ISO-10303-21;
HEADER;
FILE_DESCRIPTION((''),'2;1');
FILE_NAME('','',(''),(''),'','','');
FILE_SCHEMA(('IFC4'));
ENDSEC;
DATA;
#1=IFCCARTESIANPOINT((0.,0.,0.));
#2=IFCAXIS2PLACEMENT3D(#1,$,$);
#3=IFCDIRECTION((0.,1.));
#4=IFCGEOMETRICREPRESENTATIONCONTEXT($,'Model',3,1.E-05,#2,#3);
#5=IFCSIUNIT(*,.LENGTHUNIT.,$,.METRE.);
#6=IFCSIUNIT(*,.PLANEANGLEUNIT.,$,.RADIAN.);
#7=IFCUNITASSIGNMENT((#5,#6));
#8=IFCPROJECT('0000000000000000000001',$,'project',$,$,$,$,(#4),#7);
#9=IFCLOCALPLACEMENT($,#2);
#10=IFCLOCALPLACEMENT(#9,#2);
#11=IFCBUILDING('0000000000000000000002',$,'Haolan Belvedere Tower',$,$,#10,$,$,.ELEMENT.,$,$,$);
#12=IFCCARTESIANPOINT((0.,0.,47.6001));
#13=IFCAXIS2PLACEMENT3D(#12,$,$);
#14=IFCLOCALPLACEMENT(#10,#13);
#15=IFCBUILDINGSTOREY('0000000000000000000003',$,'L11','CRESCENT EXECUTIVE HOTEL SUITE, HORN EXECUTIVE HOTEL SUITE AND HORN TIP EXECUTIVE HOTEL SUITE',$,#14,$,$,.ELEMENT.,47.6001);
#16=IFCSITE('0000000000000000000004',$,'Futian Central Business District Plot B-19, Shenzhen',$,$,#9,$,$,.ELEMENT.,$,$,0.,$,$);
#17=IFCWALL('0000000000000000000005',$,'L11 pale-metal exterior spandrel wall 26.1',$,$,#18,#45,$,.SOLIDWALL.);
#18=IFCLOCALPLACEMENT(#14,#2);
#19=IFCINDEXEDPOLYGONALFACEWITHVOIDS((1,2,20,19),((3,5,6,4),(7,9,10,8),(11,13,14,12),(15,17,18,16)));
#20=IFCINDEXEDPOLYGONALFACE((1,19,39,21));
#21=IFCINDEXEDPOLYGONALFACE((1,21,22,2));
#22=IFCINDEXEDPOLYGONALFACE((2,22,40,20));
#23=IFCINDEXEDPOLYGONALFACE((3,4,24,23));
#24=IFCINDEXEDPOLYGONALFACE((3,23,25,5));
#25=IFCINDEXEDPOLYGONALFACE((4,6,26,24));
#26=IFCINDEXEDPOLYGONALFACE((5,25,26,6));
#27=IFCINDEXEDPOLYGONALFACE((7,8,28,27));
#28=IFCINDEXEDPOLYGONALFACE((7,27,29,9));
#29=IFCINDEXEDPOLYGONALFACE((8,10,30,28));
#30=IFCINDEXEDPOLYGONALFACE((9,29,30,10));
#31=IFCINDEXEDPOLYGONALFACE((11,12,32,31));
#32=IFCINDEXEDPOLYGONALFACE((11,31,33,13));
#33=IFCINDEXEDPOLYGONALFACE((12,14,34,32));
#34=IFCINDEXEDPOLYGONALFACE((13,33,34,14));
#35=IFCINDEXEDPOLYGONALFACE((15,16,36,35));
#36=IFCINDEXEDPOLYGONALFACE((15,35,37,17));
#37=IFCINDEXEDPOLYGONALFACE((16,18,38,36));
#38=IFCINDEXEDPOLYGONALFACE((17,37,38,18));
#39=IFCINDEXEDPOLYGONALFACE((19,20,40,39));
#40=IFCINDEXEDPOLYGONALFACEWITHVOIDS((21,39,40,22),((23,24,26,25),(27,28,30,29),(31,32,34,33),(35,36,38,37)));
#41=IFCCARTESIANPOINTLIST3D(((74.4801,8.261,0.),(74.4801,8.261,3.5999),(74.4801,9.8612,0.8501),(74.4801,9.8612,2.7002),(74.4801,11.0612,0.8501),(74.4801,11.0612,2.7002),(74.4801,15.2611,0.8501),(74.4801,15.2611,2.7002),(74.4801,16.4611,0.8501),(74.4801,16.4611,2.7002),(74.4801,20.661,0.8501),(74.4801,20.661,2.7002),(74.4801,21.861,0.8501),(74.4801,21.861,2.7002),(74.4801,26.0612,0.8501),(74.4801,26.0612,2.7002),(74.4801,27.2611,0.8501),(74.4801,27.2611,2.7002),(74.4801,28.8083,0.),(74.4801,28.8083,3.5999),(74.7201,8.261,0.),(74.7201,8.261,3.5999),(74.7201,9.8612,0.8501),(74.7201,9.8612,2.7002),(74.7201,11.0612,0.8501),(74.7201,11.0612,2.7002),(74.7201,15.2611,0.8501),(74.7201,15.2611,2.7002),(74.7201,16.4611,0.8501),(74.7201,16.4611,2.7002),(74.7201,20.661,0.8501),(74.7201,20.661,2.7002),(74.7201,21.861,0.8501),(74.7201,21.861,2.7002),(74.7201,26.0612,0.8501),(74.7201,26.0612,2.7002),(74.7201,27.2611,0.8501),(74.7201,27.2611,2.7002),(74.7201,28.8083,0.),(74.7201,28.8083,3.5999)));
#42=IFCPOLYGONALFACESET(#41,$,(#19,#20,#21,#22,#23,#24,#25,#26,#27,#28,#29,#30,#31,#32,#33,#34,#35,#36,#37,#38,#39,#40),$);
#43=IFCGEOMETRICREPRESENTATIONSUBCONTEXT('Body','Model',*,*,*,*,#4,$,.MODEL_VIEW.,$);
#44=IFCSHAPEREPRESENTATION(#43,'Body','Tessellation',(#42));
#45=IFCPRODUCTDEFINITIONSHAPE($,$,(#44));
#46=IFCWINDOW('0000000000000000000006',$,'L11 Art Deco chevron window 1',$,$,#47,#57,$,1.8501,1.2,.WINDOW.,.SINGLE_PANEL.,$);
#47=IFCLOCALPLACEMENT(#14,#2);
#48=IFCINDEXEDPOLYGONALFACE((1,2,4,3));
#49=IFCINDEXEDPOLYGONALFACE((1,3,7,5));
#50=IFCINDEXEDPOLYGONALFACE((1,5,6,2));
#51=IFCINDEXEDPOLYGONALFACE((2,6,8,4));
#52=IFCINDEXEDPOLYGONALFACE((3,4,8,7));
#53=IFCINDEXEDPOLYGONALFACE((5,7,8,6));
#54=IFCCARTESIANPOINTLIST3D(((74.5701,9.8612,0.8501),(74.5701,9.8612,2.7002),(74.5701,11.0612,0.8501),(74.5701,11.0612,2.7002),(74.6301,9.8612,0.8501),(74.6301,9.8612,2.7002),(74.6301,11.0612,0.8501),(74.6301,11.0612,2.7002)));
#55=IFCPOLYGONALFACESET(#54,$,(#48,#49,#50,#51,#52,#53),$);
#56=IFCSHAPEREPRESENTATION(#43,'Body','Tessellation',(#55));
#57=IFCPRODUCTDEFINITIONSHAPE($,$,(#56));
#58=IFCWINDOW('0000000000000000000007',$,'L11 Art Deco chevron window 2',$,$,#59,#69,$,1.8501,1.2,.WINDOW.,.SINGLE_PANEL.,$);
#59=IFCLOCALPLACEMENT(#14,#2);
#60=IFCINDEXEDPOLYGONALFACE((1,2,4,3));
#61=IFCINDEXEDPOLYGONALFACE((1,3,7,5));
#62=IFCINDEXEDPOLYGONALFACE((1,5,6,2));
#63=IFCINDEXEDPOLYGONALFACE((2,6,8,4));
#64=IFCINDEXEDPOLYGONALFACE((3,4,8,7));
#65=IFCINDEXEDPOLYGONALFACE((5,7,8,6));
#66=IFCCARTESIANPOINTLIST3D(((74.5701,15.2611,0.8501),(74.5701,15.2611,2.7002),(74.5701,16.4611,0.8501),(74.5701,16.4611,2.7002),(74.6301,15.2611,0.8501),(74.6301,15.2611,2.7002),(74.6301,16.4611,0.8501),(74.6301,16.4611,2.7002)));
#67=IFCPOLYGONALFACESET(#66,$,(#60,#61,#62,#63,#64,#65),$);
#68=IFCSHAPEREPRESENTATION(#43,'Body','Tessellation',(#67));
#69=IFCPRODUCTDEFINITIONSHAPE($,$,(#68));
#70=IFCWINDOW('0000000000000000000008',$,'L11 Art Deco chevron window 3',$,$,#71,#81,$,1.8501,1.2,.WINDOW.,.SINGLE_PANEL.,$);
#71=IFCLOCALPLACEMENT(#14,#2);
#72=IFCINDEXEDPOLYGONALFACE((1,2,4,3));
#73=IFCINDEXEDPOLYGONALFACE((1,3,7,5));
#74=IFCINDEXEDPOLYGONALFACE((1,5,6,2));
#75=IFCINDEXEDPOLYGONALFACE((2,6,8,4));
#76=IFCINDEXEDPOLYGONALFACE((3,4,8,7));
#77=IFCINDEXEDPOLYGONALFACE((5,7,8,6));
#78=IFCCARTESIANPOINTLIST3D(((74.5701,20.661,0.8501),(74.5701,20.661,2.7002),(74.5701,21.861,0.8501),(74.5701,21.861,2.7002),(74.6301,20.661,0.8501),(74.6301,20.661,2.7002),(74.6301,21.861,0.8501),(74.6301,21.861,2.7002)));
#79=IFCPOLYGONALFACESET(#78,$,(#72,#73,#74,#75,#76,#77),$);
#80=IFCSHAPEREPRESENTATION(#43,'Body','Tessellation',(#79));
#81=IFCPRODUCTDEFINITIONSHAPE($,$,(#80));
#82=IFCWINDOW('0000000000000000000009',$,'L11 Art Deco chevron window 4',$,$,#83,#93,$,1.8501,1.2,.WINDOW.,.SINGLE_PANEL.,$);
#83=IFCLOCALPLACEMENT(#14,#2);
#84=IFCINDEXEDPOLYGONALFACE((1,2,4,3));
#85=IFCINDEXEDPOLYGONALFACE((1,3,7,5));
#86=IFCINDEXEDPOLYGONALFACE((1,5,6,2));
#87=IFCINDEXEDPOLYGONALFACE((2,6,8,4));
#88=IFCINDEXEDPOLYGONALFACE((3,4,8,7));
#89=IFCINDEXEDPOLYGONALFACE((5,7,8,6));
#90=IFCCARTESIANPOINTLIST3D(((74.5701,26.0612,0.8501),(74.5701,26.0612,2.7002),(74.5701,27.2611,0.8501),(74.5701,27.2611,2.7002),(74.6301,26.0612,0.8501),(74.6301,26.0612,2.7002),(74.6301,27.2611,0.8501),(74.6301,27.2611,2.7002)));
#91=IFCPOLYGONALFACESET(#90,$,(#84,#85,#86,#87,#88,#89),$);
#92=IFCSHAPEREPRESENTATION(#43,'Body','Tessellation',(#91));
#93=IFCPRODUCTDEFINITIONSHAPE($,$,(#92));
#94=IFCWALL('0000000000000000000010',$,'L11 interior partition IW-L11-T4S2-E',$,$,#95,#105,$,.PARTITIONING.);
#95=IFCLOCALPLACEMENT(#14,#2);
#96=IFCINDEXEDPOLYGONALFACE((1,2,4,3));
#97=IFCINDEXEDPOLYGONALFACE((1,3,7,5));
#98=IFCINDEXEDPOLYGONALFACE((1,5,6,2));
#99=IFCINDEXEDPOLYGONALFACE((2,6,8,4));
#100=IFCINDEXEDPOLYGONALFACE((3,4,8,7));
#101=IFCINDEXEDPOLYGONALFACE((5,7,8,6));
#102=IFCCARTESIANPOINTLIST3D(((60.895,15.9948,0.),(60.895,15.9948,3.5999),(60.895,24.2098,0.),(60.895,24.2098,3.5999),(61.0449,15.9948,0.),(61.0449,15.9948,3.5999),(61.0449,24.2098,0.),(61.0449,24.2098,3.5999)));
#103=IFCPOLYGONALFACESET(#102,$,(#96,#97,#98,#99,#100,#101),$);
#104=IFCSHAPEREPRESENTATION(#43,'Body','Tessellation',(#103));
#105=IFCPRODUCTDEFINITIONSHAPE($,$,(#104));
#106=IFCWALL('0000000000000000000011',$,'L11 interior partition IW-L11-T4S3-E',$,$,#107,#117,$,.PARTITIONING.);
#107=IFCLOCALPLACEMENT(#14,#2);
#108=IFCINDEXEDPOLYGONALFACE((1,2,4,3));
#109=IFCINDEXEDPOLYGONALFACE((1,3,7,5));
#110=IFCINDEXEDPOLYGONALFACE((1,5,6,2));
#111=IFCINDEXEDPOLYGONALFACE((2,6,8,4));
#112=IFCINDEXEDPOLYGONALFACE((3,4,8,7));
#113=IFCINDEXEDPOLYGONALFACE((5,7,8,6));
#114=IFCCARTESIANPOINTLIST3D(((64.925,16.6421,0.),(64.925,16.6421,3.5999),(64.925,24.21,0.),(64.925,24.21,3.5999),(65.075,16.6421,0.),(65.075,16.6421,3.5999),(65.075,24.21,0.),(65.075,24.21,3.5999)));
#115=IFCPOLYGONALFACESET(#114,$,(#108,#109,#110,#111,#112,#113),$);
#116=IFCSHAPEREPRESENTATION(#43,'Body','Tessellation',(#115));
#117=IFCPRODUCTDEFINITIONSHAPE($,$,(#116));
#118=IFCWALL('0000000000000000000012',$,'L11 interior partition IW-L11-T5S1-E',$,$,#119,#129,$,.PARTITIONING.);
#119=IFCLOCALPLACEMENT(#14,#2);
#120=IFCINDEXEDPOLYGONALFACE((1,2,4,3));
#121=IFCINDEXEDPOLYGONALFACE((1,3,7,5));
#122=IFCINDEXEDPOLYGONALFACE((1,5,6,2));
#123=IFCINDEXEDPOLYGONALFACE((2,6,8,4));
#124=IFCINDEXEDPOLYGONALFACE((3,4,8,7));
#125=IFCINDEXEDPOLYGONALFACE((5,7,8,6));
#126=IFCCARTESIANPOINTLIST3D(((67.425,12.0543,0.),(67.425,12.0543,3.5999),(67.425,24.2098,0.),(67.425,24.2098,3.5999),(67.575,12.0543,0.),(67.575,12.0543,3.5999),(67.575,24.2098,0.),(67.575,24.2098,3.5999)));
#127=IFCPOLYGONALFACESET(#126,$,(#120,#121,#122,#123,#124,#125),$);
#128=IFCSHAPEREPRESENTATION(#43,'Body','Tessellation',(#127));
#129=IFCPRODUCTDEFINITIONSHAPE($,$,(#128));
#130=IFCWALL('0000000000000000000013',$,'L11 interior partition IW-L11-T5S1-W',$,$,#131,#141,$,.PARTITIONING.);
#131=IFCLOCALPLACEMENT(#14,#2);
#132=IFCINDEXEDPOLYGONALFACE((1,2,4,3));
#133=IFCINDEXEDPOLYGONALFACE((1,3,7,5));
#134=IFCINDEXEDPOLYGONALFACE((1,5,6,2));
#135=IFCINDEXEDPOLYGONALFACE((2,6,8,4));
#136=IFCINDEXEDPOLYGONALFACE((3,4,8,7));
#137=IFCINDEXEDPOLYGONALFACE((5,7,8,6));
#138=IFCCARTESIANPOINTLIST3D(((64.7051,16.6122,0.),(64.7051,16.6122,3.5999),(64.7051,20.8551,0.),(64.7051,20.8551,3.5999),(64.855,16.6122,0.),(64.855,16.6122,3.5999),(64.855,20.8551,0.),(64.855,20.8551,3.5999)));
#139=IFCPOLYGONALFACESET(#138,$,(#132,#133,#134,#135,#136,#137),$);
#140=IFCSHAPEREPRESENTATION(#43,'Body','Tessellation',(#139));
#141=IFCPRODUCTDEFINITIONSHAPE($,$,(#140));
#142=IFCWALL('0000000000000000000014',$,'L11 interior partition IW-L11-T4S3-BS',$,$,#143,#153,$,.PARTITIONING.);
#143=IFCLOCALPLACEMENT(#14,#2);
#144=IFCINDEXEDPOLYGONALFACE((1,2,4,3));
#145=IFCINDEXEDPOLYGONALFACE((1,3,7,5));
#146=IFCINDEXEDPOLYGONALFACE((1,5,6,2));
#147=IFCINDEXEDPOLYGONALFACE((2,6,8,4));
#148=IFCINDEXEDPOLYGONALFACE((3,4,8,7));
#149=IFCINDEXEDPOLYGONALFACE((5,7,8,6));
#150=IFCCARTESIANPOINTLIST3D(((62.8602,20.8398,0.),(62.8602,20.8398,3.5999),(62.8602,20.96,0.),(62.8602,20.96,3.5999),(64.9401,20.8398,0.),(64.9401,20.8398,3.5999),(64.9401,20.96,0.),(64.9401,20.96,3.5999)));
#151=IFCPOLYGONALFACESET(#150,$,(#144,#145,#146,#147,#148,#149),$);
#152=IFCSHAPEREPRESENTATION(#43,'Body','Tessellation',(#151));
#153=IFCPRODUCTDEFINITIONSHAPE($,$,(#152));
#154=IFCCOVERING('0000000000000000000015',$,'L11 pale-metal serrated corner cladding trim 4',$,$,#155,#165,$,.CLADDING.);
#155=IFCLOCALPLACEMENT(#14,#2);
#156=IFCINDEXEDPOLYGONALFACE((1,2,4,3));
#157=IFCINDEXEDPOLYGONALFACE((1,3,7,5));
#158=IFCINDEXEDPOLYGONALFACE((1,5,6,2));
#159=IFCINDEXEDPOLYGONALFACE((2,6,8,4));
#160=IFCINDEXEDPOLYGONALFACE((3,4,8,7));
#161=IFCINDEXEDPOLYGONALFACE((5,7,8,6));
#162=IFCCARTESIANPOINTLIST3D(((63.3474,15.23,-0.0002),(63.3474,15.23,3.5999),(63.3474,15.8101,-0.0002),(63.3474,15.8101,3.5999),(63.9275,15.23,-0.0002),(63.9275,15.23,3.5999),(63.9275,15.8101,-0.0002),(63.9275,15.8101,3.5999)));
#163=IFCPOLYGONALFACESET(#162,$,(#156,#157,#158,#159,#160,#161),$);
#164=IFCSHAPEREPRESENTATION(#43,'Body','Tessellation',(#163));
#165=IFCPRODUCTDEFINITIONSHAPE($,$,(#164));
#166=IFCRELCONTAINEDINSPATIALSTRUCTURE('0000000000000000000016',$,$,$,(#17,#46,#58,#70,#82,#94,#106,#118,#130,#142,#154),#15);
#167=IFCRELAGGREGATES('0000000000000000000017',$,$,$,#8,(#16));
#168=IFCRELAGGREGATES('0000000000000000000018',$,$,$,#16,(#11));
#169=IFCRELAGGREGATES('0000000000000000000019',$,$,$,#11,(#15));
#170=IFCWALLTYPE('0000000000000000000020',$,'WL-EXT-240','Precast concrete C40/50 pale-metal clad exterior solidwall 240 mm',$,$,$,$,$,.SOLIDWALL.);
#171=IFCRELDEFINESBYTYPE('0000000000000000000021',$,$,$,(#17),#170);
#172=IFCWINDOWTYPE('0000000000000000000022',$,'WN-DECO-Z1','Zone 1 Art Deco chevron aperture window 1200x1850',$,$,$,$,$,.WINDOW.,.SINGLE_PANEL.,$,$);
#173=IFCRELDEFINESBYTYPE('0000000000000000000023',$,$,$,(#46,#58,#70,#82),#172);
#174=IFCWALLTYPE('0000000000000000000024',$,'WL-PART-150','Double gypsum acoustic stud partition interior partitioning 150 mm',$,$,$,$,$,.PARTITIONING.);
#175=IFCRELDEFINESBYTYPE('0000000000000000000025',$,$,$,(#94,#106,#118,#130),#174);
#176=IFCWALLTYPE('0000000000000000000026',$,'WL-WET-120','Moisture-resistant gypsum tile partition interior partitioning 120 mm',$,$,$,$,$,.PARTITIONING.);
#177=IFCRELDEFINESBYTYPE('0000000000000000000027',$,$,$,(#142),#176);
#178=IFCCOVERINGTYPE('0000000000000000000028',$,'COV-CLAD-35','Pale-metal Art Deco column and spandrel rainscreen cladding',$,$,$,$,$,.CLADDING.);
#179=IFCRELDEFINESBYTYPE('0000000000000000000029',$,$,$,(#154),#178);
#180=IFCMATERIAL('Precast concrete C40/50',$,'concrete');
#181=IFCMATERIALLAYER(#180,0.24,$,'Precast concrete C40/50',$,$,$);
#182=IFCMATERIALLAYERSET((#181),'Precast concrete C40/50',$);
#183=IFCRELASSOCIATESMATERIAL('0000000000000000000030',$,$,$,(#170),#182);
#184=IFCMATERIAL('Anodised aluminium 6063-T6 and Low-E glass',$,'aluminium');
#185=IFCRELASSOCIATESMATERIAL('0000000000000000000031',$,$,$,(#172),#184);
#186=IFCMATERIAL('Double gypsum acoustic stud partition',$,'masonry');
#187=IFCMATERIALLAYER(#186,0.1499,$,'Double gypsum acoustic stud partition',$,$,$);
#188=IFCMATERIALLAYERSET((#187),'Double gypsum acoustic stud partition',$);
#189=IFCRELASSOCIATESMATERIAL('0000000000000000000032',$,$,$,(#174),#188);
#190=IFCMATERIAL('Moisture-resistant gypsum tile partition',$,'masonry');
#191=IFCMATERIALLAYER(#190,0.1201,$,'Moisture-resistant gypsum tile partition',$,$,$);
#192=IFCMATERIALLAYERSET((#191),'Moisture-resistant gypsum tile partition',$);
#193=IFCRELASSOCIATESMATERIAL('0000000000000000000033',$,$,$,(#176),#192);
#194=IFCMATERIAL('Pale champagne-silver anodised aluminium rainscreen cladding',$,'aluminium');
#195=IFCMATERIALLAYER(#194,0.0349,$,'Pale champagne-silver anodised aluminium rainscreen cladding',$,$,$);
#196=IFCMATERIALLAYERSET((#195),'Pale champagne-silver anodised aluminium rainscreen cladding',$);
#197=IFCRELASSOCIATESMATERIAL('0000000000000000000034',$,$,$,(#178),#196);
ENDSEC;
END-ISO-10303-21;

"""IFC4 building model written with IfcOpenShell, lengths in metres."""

from ifc_helpers import new_model, si_unit, direction, frame, frame_2d, origin, origin_2d, place, context, subcontext, project, spatial, rectangle, extrude, material, layer, layer_set, type_object, element, fill, save


model = new_model("IFC4")

# Units and contexts
model_context = context("Model", 3, precision=1e-05, world=origin(), true_north=direction((0.0, 1.0)))
body_context = subcontext(model_context, "Body", "Model", "MODEL_VIEW")
ifc_project = project(units=[si_unit("LENGTHUNIT", "METRE"), si_unit("PLANEANGLEUNIT", "RADIAN")], contexts=[model_context])

# Site, building, storey
site_placement = place(None, origin())
site = spatial("IfcSite", under=ifc_project, at=site_placement, Name="Futian Central Business District Plot B-19, Shenzhen", CompositionType="ELEMENT", RefElevation=0.0)
building_placement = place(site_placement, origin())
building = spatial("IfcBuilding", under=site, at=building_placement, Name="Haolan Belvedere Tower", CompositionType="ELEMENT")
storey_placement = place(building_placement, frame((0.0, 0.0, 47.6001)))
storey = spatial("IfcBuildingStorey", under=building, at=storey_placement, Name="L11", Description="CRESCENT EXECUTIVE HOTEL SUITE, HORN EXECUTIVE HOTEL SUITE AND HORN TIP EXECUTIVE HOTEL SUITE", CompositionType="ELEMENT", Elevation=47.6001)

# Shared definitions
ifc_material_1 = material(Name="Precast concrete C40/50", Category="concrete")
ifc_layer_1 = layer(ifc_material_1, 0.24, Name="Precast concrete C40/50")
ifc_layer_set_1 = layer_set([ifc_layer_1], Name="Precast concrete C40/50")
wall_type_1 = type_object("IfcWallType", Name="WL-EXT-240", Description="Precast concrete C40/50 pale-metal clad exterior solidwall 240 mm", PredefinedType="SOLIDWALL", material=ifc_layer_set_1)

# Shared definitions
ifc_material_2 = material(Name="Anodised aluminium 6063-T6 and Low-E glass", Category="aluminium")
window_type = type_object("IfcWindowType", Name="WN-DECO-Z1", Description="Zone 1 Art Deco chevron aperture window 1200x1850", PartitioningType="SINGLE_PANEL", PredefinedType="WINDOW", material=ifc_material_2)

# Wall, openings, windows
wall_1_placement = place(storey_placement, frame((74.6001, 8.261, 0.0), z_axis=(0.0, 0.0, 1.0), x_axis=(0.0, 1.0, 0.0)))
wall_1 = element("IfcWall", 1, at=wall_1_placement, inside=storey, type_object=wall_type_1, Name="L11 pale-metal exterior spandrel wall 26.1", PredefinedType="SOLIDWALL", context=body_context, shape_type="SweptSolid", body=[
    extrude(rectangle(XDim=20.5474, YDim=0.24, at=frame_2d((10.2737, 0.0))), origin(), (0.0, 0.0, 1.0), 3.5999),
])
opening_1_placement = place(wall_1_placement, frame((1.6001, 0.0, 0.8501)))
opening_1 = element("IfcOpeningElement", 2, at=opening_1_placement, cuts=wall_1, PredefinedType="OPENING", context=body_context, shape_type="SweptSolid", body=[
    extrude(rectangle(XDim=1.2, YDim=1.8501, at=frame_2d((0.6001, 0.925))), frame((0.0, 0.1299, 0.0), z_axis=(0.0, -1.0, 0.0), x_axis=(1.0, 0.0, 0.0)), (0.0, 0.0, 1.0), 0.26),
])
opening_2_placement = place(wall_1_placement, frame((7.0, 0.0, 0.8501)))
opening_2 = element("IfcOpeningElement", 3, at=opening_2_placement, cuts=wall_1, PredefinedType="OPENING", context=body_context, shape_type="SweptSolid", body=[
    extrude(rectangle(XDim=1.2, YDim=1.8501, at=frame_2d((0.6001, 0.925))), frame((0.0, 0.1299, 0.0), z_axis=(0.0, -1.0, 0.0), x_axis=(1.0, 0.0, 0.0)), (0.0, 0.0, 1.0), 0.26),
])
opening_3_placement = place(wall_1_placement, frame((12.3999, 0.0, 0.8501)))
opening_3 = element("IfcOpeningElement", 4, at=opening_3_placement, cuts=wall_1, PredefinedType="OPENING", context=body_context, shape_type="SweptSolid", body=[
    extrude(rectangle(XDim=1.2, YDim=1.8501, at=frame_2d((0.6001, 0.925))), frame((0.0, 0.1299, 0.0), z_axis=(0.0, -1.0, 0.0), x_axis=(1.0, 0.0, 0.0)), (0.0, 0.0, 1.0), 0.26),
])
opening_4_placement = place(wall_1_placement, frame((17.8, 0.0, 0.8501)))
opening_4 = element("IfcOpeningElement", 5, at=opening_4_placement, cuts=wall_1, PredefinedType="OPENING", context=body_context, shape_type="SweptSolid", body=[
    extrude(rectangle(XDim=1.2, YDim=1.8501, at=frame_2d((0.6001, 0.925))), frame((0.0, 0.1299, 0.0), z_axis=(0.0, -1.0, 0.0), x_axis=(1.0, 0.0, 0.0)), (0.0, 0.0, 1.0), 0.26),
])
window_1_placement = place(opening_1_placement, origin())
window_1 = element("IfcWindow", 6, at=window_1_placement, inside=storey, type_object=window_type, Name="L11 Art Deco chevron window 1", OverallHeight=1.8501, OverallWidth=1.2, PartitioningType="SINGLE_PANEL", PredefinedType="WINDOW", context=body_context, shape_type="SweptSolid", body=[
    extrude(rectangle(XDim=1.2, YDim=1.8501, at=frame_2d((0.6001, 0.925))), frame((0.0, 0.03, 0.0), z_axis=(0.0, -1.0, 0.0), x_axis=(1.0, 0.0, 0.0)), (0.0, 0.0, 1.0), 0.0601),
])
fill(opening_1, window_1)
window_2_placement = place(opening_2_placement, origin())
window_2 = element("IfcWindow", 7, at=window_2_placement, inside=storey, type_object=window_type, Name="L11 Art Deco chevron window 2", OverallHeight=1.8501, OverallWidth=1.2, PartitioningType="SINGLE_PANEL", PredefinedType="WINDOW", context=body_context, shape_type="SweptSolid", body=[
    extrude(rectangle(XDim=1.2, YDim=1.8501, at=frame_2d((0.6001, 0.925))), frame((0.0, 0.03, 0.0), z_axis=(0.0, -1.0, 0.0), x_axis=(1.0, 0.0, 0.0)), (0.0, 0.0, 1.0), 0.0601),
])
fill(opening_2, window_2)
window_3_placement = place(opening_3_placement, origin())
window_3 = element("IfcWindow", 8, at=window_3_placement, inside=storey, type_object=window_type, Name="L11 Art Deco chevron window 3", OverallHeight=1.8501, OverallWidth=1.2, PartitioningType="SINGLE_PANEL", PredefinedType="WINDOW", context=body_context, shape_type="SweptSolid", body=[
    extrude(rectangle(XDim=1.2, YDim=1.8501, at=frame_2d((0.6001, 0.925))), frame((0.0, 0.03, 0.0), z_axis=(0.0, -1.0, 0.0), x_axis=(1.0, 0.0, 0.0)), (0.0, 0.0, 1.0), 0.0601),
])
fill(opening_3, window_3)
window_4_placement = place(opening_4_placement, origin())
window_4 = element("IfcWindow", 9, at=window_4_placement, inside=storey, type_object=window_type, Name="L11 Art Deco chevron window 4", OverallHeight=1.8501, OverallWidth=1.2, PartitioningType="SINGLE_PANEL", PredefinedType="WINDOW", context=body_context, shape_type="SweptSolid", body=[
    extrude(rectangle(XDim=1.2, YDim=1.8501, at=frame_2d((0.6001, 0.925))), frame((0.0, 0.03, 0.0), z_axis=(0.0, -1.0, 0.0), x_axis=(1.0, 0.0, 0.0)), (0.0, 0.0, 1.0), 0.0601),
])
fill(opening_4, window_4)

# Walls
ifc_material_3 = material(Name="Double gypsum acoustic stud partition", Category="masonry")
ifc_layer_2 = layer(ifc_material_3, 0.1499, Name="Double gypsum acoustic stud partition")
ifc_layer_set_2 = layer_set([ifc_layer_2], Name="Double gypsum acoustic stud partition")
wall_type_2 = type_object("IfcWallType", Name="WL-PART-150", Description="Double gypsum acoustic stud partition interior partitioning 150 mm", PredefinedType="PARTITIONING", material=ifc_layer_set_2)
wall_2_placement = place(storey_placement, frame((60.97, 15.9949, 0.0), z_axis=(0.0, 0.0, 1.0), x_axis=(0.0, 1.0, 0.0)))
element("IfcWall", 10, at=wall_2_placement, inside=storey, type_object=wall_type_2, Name="L11 interior partition IW-L11-T4S2-E", PredefinedType="PARTITIONING", context=body_context, shape_type="SweptSolid", body=[
    extrude(rectangle(XDim=8.2151, YDim=0.1499, at=frame_2d((4.1074, 0.0))), origin(), (0.0, 0.0, 1.0), 3.5999),
])
wall_3_placement = place(storey_placement, frame((65.0, 16.6421, 0.0), z_axis=(0.0, 0.0, 1.0), x_axis=(0.0, 1.0, 0.0)))
element("IfcWall", 11, at=wall_3_placement, inside=storey, type_object=wall_type_2, Name="L11 interior partition IW-L11-T4S3-E", PredefinedType="PARTITIONING", context=body_context, shape_type="SweptSolid", body=[
    extrude(rectangle(XDim=7.5679, YDim=0.1499, at=frame_2d((3.7839, 0.0))), origin(), (0.0, 0.0, 1.0), 3.5999),
])
wall_4_placement = place(storey_placement, frame((67.5, 12.0544, 0.0), z_axis=(0.0, 0.0, 1.0), x_axis=(0.0, 1.0, 0.0)))
element("IfcWall", 12, at=wall_4_placement, inside=storey, type_object=wall_type_2, Name="L11 interior partition IW-L11-T5S1-E", PredefinedType="PARTITIONING", context=body_context, shape_type="SweptSolid", body=[
    extrude(rectangle(XDim=12.1555, YDim=0.1499, at=frame_2d((6.0776, 0.0))), origin(), (0.0, 0.0, 1.0), 3.5999),
])
wall_5_placement = place(storey_placement, frame((64.78, 16.6121, 0.0), z_axis=(0.0, 0.0, 1.0), x_axis=(0.0, 1.0, 0.0)))
element("IfcWall", 13, at=wall_5_placement, inside=storey, type_object=wall_type_2, Name="L11 interior partition IW-L11-T5S1-W", PredefinedType="PARTITIONING", context=body_context, shape_type="SweptSolid", body=[
    extrude(rectangle(XDim=4.2429, YDim=0.1499, at=frame_2d((2.1216, 0.0))), origin(), (0.0, 0.0, 1.0), 3.5999),
])
ifc_material_4 = material(Name="Moisture-resistant gypsum tile partition", Category="masonry")
ifc_layer_3 = layer(ifc_material_4, 0.1201, Name="Moisture-resistant gypsum tile partition")
ifc_layer_set_3 = layer_set([ifc_layer_3], Name="Moisture-resistant gypsum tile partition")
wall_type_3 = type_object("IfcWallType", Name="WL-WET-120", Description="Moisture-resistant gypsum tile partition interior partitioning 120 mm", PredefinedType="PARTITIONING", material=ifc_layer_set_3)
wall_6_placement = place(storey_placement, frame((62.8601, 20.8999, 0.0), z_axis=(0.0, 0.0, 1.0), x_axis=(1.0, 0.0, 0.0)))
element("IfcWall", 14, at=wall_6_placement, inside=storey, type_object=wall_type_3, Name="L11 interior partition IW-L11-T4S3-BS", PredefinedType="PARTITIONING", context=body_context, shape_type="SweptSolid", body=[
    extrude(rectangle(XDim=2.0798, YDim=0.1201, at=frame_2d((1.04, 0.0))), origin(), (0.0, 0.0, 1.0), 3.5999),
])

# Covering
ifc_material_5 = material(Name="Pale champagne-silver anodised aluminium rainscreen cladding", Category="aluminium")
ifc_layer_4 = layer(ifc_material_5, 0.0349, Name="Pale champagne-silver anodised aluminium rainscreen cladding")
ifc_layer_set_4 = layer_set([ifc_layer_4], Name="Pale champagne-silver anodised aluminium rainscreen cladding")
covering_type = type_object("IfcCoveringType", Name="COV-CLAD-35", Description="Pale-metal Art Deco column and spandrel rainscreen cladding", PredefinedType="CLADDING", material=ifc_layer_set_4)
for number, where, z_axis, x_axis, name in (
    (15, (63.6375, 15.52, -0.0002), (0.0, 0.0, 1.0), (1.0, 0.0, 0.0), "L11 pale-metal serrated corner cladding trim 4"),
):
    element("IfcCovering", number, at=place(storey_placement, frame(where, z_axis=z_axis, x_axis=x_axis)), inside=storey, type_object=covering_type, Name=name, PredefinedType="CLADDING", context=body_context, shape_type="SweptSolid", body=[
        extrude(rectangle(XDim=0.5801, YDim=0.5801, at=origin_2d()), origin(), (0.0, 0.0, 1.0), 3.6001),
    ])

save(model, "model.ifc")
